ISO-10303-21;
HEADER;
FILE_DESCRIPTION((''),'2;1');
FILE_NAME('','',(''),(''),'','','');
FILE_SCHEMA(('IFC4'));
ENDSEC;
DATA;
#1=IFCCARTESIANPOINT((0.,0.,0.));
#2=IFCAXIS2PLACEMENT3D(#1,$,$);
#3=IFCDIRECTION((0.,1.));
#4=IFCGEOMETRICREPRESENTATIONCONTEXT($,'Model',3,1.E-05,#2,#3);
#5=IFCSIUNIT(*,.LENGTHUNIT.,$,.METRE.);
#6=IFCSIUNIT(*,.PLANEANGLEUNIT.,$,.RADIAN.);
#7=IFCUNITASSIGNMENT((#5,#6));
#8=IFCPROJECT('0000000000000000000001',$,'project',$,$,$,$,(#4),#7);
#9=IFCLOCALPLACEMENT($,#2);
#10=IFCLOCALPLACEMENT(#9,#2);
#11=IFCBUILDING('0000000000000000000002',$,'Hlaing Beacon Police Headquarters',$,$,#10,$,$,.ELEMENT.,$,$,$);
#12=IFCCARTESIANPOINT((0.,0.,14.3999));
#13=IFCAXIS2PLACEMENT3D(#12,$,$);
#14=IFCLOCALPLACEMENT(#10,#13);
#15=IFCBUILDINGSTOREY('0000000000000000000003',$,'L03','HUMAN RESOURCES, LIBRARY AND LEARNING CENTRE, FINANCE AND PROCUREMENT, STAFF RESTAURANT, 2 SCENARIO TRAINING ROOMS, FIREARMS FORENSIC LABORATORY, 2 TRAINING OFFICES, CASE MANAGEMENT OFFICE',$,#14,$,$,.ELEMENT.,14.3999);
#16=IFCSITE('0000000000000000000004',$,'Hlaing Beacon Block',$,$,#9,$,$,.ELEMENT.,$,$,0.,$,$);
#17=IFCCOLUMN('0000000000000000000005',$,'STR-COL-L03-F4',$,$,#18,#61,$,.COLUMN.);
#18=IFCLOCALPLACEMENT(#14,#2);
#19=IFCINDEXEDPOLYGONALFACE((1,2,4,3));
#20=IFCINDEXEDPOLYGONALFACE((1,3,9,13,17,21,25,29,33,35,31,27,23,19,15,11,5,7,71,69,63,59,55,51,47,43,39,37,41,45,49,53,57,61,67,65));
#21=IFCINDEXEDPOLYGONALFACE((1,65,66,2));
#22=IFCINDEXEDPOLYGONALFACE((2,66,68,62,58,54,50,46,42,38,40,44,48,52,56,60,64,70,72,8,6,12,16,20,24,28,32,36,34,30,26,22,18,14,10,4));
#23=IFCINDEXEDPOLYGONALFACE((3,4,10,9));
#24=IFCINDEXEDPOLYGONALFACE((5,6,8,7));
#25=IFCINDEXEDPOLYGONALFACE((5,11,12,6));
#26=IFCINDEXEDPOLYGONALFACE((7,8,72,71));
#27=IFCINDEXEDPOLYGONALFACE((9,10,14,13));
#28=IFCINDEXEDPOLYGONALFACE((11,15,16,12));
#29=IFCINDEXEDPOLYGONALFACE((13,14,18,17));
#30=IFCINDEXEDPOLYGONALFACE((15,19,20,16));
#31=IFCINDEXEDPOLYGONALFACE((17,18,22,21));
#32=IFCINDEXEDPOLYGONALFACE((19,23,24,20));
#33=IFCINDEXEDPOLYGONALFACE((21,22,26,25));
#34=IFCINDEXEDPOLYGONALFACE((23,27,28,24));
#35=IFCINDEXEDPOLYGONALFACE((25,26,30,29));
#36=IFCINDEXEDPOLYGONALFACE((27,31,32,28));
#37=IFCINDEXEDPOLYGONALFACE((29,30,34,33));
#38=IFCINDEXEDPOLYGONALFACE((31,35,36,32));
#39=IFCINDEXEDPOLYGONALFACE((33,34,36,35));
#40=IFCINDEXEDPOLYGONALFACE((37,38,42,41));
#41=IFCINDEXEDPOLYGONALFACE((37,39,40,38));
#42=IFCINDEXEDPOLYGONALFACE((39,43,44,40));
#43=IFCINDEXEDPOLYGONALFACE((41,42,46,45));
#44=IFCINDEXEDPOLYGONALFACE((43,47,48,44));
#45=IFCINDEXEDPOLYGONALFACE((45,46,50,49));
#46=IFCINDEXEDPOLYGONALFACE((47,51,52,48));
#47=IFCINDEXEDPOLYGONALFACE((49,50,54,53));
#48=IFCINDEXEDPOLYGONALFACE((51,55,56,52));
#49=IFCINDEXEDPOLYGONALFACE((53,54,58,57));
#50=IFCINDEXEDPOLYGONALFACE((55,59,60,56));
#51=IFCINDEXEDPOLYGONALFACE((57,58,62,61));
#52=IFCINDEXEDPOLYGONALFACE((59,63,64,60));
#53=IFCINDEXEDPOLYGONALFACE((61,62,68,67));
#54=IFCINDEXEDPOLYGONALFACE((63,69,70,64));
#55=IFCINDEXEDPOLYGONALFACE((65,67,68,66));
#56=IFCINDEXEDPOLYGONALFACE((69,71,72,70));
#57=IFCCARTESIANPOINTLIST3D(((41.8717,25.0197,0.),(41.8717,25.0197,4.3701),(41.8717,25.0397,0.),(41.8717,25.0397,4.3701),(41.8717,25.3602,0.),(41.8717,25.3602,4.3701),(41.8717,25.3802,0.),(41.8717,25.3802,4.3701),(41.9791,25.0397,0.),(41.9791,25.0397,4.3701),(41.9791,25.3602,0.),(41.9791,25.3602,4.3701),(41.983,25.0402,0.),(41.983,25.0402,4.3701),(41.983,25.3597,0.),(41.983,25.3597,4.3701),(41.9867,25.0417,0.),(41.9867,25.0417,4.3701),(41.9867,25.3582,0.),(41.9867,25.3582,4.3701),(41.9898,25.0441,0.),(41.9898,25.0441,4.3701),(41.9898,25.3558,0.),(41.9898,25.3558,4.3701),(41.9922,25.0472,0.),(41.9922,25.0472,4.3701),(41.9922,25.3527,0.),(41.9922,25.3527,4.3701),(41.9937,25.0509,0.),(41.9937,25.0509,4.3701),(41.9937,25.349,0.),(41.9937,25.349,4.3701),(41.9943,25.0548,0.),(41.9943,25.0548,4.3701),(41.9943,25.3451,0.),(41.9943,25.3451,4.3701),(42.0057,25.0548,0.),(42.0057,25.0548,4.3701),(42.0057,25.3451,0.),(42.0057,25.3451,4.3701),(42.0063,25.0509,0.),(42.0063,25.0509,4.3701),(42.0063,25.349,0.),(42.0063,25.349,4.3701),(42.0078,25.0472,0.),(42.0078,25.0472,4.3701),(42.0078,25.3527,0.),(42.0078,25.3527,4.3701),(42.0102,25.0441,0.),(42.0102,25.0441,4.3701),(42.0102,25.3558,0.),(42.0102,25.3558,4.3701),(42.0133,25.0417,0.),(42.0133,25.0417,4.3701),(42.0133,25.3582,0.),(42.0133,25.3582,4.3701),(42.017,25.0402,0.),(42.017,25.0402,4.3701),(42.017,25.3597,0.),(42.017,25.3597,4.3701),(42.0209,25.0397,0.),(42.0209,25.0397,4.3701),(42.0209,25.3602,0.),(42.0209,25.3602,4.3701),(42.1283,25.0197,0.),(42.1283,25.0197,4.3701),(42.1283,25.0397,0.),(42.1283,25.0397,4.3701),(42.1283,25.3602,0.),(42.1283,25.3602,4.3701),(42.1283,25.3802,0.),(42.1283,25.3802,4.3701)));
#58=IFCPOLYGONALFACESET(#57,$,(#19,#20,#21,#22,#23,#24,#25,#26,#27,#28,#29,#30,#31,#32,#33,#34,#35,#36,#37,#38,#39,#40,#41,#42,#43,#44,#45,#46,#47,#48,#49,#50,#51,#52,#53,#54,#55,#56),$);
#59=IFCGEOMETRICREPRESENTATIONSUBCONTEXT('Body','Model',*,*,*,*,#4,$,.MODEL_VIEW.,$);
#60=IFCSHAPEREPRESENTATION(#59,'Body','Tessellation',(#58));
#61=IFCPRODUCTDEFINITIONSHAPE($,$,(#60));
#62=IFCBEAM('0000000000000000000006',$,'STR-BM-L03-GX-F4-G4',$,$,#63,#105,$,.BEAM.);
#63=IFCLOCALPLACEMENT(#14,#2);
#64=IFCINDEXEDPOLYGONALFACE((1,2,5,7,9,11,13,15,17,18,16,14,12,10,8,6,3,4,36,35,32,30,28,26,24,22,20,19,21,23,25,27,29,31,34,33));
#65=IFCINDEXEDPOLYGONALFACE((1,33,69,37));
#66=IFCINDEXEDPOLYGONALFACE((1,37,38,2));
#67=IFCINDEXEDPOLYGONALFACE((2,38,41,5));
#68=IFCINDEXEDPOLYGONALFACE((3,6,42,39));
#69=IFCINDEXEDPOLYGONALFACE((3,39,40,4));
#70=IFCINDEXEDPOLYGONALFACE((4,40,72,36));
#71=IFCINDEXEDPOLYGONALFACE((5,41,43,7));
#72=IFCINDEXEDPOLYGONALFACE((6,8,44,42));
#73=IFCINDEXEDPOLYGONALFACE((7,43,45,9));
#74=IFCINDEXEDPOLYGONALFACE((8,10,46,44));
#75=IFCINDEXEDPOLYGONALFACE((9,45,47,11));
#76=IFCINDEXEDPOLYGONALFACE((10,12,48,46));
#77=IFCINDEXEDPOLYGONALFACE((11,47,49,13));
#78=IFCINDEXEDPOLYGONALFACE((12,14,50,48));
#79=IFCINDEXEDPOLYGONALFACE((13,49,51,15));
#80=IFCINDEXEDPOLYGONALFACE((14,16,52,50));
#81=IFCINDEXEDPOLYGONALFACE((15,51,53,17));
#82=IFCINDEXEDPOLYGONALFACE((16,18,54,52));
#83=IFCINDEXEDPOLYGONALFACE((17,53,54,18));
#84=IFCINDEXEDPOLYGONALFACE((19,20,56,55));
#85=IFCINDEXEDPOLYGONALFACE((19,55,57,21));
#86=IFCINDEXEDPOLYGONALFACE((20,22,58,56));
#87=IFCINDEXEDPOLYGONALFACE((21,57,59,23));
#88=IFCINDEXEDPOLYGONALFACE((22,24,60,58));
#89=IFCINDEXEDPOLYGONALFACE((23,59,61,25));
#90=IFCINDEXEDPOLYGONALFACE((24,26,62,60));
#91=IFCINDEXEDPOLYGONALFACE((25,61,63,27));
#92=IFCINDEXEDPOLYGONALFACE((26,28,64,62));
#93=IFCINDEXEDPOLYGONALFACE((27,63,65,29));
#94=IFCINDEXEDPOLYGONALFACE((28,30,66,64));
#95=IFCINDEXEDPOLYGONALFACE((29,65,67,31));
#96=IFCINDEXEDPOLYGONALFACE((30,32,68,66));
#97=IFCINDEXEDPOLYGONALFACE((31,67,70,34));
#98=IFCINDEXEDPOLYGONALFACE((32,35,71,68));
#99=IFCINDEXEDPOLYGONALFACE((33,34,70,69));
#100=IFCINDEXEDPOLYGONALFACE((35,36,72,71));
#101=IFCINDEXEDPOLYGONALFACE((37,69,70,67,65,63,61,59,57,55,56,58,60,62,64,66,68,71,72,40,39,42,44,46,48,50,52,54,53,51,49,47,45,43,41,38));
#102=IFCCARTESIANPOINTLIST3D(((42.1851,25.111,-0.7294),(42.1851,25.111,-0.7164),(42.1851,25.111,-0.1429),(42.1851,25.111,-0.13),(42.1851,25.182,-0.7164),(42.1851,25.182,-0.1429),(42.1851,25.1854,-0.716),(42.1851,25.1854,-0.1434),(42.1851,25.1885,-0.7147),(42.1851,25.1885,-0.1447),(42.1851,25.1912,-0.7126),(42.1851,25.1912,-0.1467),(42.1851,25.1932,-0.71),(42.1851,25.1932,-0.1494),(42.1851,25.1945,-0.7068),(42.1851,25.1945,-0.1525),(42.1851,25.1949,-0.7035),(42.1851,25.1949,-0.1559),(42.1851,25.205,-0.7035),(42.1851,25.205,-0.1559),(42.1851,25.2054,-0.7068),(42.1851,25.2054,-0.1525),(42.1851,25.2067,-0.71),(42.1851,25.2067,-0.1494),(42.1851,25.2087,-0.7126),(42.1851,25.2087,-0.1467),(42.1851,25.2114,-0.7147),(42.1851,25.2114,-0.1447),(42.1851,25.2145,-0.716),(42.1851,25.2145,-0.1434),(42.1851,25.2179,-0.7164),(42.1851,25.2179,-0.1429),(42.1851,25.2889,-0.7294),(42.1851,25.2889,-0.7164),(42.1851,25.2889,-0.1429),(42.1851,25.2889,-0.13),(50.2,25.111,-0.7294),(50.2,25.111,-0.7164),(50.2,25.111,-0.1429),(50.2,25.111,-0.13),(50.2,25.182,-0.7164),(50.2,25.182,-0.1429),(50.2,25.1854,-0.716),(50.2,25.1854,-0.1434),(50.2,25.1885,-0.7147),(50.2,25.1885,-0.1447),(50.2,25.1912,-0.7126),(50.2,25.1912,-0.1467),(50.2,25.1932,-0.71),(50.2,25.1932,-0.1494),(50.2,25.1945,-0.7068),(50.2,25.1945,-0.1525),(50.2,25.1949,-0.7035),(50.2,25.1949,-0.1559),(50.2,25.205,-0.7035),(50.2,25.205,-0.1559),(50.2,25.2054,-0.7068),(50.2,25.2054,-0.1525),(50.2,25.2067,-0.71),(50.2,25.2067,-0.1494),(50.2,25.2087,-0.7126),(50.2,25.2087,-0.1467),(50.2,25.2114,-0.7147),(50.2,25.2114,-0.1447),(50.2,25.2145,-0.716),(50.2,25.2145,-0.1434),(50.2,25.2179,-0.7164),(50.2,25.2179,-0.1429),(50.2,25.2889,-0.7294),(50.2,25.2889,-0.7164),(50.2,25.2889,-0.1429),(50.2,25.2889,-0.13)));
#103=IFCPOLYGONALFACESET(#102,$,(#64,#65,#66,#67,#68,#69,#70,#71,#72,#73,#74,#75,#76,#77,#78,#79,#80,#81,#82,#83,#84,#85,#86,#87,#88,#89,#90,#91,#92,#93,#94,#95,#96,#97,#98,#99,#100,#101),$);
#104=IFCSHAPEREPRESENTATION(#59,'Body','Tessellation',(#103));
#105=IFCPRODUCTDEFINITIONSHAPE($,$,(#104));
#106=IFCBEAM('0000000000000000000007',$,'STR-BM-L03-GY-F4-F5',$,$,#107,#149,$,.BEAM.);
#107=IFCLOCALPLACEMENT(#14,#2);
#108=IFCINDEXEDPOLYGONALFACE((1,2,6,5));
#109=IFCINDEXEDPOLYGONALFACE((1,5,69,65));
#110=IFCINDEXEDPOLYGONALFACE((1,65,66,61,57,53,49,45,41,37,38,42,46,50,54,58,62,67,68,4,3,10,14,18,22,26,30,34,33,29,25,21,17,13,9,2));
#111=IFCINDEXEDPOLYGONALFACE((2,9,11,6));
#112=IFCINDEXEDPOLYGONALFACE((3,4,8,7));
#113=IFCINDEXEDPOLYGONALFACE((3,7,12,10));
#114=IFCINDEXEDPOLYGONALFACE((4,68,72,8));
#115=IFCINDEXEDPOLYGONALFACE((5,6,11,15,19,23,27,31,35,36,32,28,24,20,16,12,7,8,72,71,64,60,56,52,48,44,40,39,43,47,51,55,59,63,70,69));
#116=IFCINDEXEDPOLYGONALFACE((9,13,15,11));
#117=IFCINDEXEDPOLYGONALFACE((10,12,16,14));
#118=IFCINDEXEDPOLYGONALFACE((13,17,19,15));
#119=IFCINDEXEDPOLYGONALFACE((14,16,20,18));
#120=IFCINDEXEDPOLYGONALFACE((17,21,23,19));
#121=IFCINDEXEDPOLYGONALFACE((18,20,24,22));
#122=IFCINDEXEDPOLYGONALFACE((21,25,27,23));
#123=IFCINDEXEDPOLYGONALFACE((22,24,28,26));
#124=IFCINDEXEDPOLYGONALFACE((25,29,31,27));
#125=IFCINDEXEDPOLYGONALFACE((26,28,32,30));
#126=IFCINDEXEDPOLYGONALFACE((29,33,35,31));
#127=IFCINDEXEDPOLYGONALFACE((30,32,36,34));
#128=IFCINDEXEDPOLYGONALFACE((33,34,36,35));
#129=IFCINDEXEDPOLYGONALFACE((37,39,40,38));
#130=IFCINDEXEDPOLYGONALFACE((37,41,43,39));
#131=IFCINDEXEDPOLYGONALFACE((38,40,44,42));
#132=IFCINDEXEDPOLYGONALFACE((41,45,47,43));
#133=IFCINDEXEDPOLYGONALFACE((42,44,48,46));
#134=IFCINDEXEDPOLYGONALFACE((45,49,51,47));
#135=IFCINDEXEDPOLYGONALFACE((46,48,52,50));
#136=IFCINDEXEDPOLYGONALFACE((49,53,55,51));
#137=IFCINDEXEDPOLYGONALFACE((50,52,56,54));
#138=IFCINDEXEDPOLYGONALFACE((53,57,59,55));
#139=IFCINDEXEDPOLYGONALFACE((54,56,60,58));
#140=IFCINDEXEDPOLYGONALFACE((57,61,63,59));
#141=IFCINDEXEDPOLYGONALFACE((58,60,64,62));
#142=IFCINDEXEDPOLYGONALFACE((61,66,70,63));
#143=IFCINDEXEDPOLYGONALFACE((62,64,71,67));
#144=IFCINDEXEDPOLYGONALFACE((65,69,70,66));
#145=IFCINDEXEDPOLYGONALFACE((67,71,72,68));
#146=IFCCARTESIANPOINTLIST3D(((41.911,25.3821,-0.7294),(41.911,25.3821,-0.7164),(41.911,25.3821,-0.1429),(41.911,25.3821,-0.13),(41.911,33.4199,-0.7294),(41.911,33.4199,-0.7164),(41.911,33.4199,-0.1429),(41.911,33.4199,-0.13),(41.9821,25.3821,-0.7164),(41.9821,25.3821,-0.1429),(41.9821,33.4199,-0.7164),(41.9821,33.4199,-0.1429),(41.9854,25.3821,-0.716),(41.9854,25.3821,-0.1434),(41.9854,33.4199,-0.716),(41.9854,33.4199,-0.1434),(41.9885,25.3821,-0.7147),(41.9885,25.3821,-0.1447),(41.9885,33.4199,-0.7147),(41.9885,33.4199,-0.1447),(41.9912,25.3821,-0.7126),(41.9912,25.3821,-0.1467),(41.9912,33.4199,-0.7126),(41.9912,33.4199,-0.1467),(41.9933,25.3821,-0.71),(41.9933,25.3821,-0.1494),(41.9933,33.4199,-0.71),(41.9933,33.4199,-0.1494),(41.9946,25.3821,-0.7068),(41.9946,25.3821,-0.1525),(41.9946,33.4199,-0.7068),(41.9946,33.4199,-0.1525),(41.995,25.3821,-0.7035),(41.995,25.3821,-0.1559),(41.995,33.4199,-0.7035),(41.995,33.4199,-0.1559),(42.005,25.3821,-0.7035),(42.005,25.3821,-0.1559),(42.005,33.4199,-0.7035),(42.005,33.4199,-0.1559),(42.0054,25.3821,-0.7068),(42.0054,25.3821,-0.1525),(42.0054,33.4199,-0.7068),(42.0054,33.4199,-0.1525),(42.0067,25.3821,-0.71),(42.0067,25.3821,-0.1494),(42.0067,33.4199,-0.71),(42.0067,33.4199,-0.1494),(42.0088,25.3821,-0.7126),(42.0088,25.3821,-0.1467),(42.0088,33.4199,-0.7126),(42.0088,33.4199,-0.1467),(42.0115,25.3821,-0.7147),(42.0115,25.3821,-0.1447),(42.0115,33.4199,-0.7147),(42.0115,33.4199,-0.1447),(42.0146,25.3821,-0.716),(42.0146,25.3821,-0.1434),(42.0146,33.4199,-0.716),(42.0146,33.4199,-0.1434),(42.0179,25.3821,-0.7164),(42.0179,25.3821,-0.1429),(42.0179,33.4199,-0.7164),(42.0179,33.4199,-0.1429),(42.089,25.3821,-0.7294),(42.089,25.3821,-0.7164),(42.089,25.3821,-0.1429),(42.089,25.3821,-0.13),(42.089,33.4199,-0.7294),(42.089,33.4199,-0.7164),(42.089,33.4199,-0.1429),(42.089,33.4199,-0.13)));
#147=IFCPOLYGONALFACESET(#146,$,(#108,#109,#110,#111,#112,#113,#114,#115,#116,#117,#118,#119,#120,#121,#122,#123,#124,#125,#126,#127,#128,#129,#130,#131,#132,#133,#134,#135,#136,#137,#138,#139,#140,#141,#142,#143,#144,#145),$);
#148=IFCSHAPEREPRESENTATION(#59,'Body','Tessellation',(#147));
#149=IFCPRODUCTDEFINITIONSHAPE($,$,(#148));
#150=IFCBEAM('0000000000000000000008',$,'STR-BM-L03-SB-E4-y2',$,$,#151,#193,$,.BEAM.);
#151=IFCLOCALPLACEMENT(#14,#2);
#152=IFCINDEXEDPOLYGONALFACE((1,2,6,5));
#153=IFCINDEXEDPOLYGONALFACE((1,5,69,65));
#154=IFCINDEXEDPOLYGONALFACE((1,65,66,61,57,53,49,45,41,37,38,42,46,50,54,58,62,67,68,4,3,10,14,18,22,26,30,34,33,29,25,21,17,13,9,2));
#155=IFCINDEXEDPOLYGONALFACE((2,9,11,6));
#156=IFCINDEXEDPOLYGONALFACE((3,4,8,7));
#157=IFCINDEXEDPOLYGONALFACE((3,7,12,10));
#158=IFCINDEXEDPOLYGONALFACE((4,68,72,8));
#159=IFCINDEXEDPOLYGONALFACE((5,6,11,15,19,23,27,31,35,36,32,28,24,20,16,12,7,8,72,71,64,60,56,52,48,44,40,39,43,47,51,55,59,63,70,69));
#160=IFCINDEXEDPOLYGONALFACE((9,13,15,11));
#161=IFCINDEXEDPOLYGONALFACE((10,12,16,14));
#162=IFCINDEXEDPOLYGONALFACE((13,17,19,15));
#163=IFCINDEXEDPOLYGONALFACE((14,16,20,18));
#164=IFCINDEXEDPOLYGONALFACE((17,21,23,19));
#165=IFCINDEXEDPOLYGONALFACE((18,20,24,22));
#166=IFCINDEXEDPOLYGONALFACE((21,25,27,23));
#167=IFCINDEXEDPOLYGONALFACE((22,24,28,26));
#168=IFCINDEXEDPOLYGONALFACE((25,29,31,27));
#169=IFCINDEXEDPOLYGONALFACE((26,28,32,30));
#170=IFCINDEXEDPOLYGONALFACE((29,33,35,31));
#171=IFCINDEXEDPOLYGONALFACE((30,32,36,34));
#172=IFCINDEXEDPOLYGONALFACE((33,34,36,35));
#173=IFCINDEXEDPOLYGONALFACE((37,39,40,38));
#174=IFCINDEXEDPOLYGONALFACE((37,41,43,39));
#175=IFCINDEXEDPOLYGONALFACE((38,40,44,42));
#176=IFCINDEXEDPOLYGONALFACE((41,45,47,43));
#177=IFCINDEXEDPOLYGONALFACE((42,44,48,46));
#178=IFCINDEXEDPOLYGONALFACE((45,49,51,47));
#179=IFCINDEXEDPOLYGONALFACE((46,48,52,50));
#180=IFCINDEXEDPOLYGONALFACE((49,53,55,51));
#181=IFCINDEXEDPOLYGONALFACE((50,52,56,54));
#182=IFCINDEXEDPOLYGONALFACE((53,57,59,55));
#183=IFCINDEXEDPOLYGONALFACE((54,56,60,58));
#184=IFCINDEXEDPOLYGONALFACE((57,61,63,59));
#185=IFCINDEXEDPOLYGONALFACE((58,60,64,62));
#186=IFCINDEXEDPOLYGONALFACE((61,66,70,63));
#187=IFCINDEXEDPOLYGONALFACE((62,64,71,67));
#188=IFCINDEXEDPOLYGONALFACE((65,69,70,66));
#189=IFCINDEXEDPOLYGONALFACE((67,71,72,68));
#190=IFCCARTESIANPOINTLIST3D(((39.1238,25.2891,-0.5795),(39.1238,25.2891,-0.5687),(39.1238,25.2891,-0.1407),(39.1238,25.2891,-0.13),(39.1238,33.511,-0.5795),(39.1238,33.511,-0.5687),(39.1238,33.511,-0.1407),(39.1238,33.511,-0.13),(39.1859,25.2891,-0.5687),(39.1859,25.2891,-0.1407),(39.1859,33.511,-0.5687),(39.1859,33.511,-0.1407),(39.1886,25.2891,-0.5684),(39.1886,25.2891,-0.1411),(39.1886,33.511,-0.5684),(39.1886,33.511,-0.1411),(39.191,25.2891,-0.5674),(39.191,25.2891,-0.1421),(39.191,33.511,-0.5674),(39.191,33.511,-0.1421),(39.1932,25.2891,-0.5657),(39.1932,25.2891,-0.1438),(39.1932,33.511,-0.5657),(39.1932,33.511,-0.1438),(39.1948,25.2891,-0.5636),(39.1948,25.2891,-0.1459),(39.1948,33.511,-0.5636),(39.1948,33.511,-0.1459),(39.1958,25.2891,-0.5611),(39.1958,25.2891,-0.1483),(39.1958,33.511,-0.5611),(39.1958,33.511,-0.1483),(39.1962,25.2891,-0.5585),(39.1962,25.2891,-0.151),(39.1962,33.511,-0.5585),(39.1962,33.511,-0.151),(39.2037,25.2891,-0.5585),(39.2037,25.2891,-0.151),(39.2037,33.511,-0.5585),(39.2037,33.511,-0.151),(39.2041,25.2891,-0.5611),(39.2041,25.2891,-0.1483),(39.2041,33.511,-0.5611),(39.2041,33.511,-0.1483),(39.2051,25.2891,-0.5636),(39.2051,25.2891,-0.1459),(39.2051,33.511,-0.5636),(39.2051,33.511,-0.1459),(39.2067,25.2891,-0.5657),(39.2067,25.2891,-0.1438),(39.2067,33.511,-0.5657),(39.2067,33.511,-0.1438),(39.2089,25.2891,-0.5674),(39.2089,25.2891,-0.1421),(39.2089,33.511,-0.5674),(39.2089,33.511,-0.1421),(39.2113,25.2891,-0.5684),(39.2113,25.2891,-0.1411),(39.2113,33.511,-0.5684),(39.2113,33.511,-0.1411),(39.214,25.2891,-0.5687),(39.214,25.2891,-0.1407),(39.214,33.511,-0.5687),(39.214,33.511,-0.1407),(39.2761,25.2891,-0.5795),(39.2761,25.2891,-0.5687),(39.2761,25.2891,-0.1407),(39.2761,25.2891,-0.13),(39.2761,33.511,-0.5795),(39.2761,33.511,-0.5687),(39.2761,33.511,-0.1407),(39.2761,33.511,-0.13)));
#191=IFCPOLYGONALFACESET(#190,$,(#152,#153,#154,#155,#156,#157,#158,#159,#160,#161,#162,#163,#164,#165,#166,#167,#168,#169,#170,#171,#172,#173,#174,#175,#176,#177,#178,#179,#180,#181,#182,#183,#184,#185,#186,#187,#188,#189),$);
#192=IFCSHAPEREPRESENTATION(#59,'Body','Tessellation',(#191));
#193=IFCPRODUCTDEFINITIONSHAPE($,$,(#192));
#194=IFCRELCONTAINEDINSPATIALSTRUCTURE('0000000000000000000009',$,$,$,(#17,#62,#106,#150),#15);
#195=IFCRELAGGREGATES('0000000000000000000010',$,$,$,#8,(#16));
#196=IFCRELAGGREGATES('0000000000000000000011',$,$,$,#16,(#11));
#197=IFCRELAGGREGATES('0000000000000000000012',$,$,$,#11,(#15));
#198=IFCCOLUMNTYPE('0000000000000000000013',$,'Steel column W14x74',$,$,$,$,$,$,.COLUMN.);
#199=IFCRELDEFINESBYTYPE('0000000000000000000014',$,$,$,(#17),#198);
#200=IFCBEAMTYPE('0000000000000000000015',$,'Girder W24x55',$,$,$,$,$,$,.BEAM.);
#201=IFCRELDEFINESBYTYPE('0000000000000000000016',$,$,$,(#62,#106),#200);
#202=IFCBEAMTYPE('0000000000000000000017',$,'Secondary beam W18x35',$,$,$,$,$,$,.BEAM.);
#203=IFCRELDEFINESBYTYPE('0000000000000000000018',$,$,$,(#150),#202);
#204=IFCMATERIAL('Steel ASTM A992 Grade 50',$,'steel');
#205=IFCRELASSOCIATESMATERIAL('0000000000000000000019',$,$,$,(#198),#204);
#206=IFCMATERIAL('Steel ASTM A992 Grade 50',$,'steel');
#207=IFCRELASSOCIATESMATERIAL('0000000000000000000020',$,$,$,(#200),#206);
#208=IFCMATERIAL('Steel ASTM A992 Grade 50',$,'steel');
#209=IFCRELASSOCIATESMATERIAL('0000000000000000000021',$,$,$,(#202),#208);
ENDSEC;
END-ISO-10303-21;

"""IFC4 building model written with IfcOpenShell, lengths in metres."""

from ifc_helpers import new_model, si_unit, direction, frame, origin, origin_2d, place, context, subcontext, project, spatial, i_section, extrude, material, material_profile, profile_set, type_object, element, save


model = new_model("IFC4")

# Units and contexts
model_context = context("Model", 3, precision=1e-05, world=origin(), true_north=direction((0.0, 1.0)))
body_context = subcontext(model_context, "Body", "Model", "MODEL_VIEW")
ifc_project = project(units=[si_unit("LENGTHUNIT", "METRE"), si_unit("PLANEANGLEUNIT", "RADIAN")], contexts=[model_context])

# Site, building, storey
site_placement = place(None, origin())
site = spatial("IfcSite", under=ifc_project, at=site_placement, Name="Hlaing Beacon Block", CompositionType="ELEMENT", RefElevation=0.0)
building_placement = place(site_placement, origin())
building = spatial("IfcBuilding", under=site, at=building_placement, Name="Hlaing Beacon Police Headquarters", CompositionType="ELEMENT")
storey_placement = place(building_placement, frame((0.0, 0.0, 14.3999)))
storey = spatial("IfcBuildingStorey", under=building, at=storey_placement, Name="L03", Description="HUMAN RESOURCES, LIBRARY AND LEARNING CENTRE, FINANCE AND PROCUREMENT, STAFF RESTAURANT, 2 SCENARIO TRAINING ROOMS, FIREARMS FORENSIC LABORATORY, 2 TRAINING OFFICES, CASE MANAGEMENT OFFICE", CompositionType="ELEMENT", Elevation=14.3999)

# Column
ifc_material_1 = material(Name="Steel ASTM A992 Grade 50", Category="steel")
ifc_material_profile_1 = material_profile(ifc_material_1, i_section(OverallWidth=0.2566, OverallDepth=0.3606, WebThickness=0.0115, FlangeThickness=0.02, FilletRadius=0.0151, at=origin_2d()), Name="W14x74")
ifc_profile_set_1 = profile_set([ifc_material_profile_1], Name="Steel ASTM A992 Grade 50")
column_type = type_object("IfcColumnType", Name="Steel column W14x74", PredefinedType="COLUMN", material=ifc_profile_set_1)
column_placement = place(storey_placement, frame((42.0, 25.2, 0.0), z_axis=(0.0, 0.0, 1.0), x_axis=(1.0, 0.0, 0.0)))
element("IfcColumn", 1, at=column_placement, inside=storey, type_object=column_type, Name="STR-COL-L03-F4", PredefinedType="COLUMN", context=body_context, shape_type="SweptSolid", body=[
    extrude(i_section(OverallWidth=0.2566, OverallDepth=0.3606, WebThickness=0.0115, FlangeThickness=0.02, FilletRadius=0.0151, at=origin_2d()), origin(), (0.0, 0.0, 1.0), 4.3701),
])

# Beams
ifc_material_2 = material(Name="Steel ASTM A992 Grade 50", Category="steel")
ifc_material_profile_2 = material_profile(ifc_material_2, i_section(OverallWidth=0.178, OverallDepth=0.5994, WebThickness=0.01, FlangeThickness=0.0129, FilletRadius=0.0129, at=origin_2d()), Name="W24x55")
ifc_profile_set_2 = profile_set([ifc_material_profile_2], Name="Steel ASTM A992 Grade 50")
beam_type_1 = type_object("IfcBeamType", Name="Girder W24x55", PredefinedType="BEAM", material=ifc_profile_set_2)
beam_1_placement = place(storey_placement, frame((42.1851, 25.2, -0.4297), z_axis=(1.0, 0.0, 0.0), x_axis=(0.0, 1.0, 0.0)))
element("IfcBeam", 2, at=beam_1_placement, inside=storey, type_object=beam_type_1, Name="STR-BM-L03-GX-F4-G4", PredefinedType="BEAM", context=body_context, shape_type="SweptSolid", body=[
    extrude(i_section(OverallWidth=0.178, OverallDepth=0.5994, WebThickness=0.01, FlangeThickness=0.0129, FilletRadius=0.0129, at=origin_2d()), origin(), (0.0, 0.0, 1.0), 8.0149),
])
beam_2_placement = place(storey_placement, frame((42.0, 25.3821, -0.4297), z_axis=(0.0, 1.0, 0.0), x_axis=(-1.0, 0.0, 0.0)))
element("IfcBeam", 3, at=beam_2_placement, inside=storey, type_object=beam_type_1, Name="STR-BM-L03-GY-F4-F5", PredefinedType="BEAM", context=body_context, shape_type="SweptSolid", body=[
    extrude(i_section(OverallWidth=0.178, OverallDepth=0.5994, WebThickness=0.01, FlangeThickness=0.0129, FilletRadius=0.0129, at=origin_2d()), origin(), (0.0, 0.0, 1.0), 8.0378),
])
ifc_material_3 = material(Name="Steel ASTM A992 Grade 50", Category="steel")
ifc_material_profile_3 = material_profile(ifc_material_3, i_section(OverallWidth=0.1523, OverallDepth=0.4495, WebThickness=0.0076, FlangeThickness=0.0107, FilletRadius=0.0103, at=origin_2d()), Name="W18x35")
ifc_profile_set_3 = profile_set([ifc_material_profile_3], Name="Steel ASTM A992 Grade 50")
beam_type_2 = type_object("IfcBeamType", Name="Secondary beam W18x35", PredefinedType="BEAM", material=ifc_profile_set_3)
for number, where, z_axis, x_axis, name in (
    (4, (39.2, 25.2891, -0.3547), (0.0, 1.0, 0.0), (-1.0, 0.0, 0.0), "STR-BM-L03-SB-E4-y2"),
):
    element("IfcBeam", number, at=place(storey_placement, frame(where, z_axis=z_axis, x_axis=x_axis)), inside=storey, type_object=beam_type_2, Name=name, PredefinedType="BEAM", context=body_context, shape_type="SweptSolid", body=[
        extrude(i_section(OverallWidth=0.1523, OverallDepth=0.4495, WebThickness=0.0076, FlangeThickness=0.0107, FilletRadius=0.0103, at=origin_2d()), origin(), (0.0, 0.0, 1.0), 8.2219),
    ])

save(model, "model.ifc")
